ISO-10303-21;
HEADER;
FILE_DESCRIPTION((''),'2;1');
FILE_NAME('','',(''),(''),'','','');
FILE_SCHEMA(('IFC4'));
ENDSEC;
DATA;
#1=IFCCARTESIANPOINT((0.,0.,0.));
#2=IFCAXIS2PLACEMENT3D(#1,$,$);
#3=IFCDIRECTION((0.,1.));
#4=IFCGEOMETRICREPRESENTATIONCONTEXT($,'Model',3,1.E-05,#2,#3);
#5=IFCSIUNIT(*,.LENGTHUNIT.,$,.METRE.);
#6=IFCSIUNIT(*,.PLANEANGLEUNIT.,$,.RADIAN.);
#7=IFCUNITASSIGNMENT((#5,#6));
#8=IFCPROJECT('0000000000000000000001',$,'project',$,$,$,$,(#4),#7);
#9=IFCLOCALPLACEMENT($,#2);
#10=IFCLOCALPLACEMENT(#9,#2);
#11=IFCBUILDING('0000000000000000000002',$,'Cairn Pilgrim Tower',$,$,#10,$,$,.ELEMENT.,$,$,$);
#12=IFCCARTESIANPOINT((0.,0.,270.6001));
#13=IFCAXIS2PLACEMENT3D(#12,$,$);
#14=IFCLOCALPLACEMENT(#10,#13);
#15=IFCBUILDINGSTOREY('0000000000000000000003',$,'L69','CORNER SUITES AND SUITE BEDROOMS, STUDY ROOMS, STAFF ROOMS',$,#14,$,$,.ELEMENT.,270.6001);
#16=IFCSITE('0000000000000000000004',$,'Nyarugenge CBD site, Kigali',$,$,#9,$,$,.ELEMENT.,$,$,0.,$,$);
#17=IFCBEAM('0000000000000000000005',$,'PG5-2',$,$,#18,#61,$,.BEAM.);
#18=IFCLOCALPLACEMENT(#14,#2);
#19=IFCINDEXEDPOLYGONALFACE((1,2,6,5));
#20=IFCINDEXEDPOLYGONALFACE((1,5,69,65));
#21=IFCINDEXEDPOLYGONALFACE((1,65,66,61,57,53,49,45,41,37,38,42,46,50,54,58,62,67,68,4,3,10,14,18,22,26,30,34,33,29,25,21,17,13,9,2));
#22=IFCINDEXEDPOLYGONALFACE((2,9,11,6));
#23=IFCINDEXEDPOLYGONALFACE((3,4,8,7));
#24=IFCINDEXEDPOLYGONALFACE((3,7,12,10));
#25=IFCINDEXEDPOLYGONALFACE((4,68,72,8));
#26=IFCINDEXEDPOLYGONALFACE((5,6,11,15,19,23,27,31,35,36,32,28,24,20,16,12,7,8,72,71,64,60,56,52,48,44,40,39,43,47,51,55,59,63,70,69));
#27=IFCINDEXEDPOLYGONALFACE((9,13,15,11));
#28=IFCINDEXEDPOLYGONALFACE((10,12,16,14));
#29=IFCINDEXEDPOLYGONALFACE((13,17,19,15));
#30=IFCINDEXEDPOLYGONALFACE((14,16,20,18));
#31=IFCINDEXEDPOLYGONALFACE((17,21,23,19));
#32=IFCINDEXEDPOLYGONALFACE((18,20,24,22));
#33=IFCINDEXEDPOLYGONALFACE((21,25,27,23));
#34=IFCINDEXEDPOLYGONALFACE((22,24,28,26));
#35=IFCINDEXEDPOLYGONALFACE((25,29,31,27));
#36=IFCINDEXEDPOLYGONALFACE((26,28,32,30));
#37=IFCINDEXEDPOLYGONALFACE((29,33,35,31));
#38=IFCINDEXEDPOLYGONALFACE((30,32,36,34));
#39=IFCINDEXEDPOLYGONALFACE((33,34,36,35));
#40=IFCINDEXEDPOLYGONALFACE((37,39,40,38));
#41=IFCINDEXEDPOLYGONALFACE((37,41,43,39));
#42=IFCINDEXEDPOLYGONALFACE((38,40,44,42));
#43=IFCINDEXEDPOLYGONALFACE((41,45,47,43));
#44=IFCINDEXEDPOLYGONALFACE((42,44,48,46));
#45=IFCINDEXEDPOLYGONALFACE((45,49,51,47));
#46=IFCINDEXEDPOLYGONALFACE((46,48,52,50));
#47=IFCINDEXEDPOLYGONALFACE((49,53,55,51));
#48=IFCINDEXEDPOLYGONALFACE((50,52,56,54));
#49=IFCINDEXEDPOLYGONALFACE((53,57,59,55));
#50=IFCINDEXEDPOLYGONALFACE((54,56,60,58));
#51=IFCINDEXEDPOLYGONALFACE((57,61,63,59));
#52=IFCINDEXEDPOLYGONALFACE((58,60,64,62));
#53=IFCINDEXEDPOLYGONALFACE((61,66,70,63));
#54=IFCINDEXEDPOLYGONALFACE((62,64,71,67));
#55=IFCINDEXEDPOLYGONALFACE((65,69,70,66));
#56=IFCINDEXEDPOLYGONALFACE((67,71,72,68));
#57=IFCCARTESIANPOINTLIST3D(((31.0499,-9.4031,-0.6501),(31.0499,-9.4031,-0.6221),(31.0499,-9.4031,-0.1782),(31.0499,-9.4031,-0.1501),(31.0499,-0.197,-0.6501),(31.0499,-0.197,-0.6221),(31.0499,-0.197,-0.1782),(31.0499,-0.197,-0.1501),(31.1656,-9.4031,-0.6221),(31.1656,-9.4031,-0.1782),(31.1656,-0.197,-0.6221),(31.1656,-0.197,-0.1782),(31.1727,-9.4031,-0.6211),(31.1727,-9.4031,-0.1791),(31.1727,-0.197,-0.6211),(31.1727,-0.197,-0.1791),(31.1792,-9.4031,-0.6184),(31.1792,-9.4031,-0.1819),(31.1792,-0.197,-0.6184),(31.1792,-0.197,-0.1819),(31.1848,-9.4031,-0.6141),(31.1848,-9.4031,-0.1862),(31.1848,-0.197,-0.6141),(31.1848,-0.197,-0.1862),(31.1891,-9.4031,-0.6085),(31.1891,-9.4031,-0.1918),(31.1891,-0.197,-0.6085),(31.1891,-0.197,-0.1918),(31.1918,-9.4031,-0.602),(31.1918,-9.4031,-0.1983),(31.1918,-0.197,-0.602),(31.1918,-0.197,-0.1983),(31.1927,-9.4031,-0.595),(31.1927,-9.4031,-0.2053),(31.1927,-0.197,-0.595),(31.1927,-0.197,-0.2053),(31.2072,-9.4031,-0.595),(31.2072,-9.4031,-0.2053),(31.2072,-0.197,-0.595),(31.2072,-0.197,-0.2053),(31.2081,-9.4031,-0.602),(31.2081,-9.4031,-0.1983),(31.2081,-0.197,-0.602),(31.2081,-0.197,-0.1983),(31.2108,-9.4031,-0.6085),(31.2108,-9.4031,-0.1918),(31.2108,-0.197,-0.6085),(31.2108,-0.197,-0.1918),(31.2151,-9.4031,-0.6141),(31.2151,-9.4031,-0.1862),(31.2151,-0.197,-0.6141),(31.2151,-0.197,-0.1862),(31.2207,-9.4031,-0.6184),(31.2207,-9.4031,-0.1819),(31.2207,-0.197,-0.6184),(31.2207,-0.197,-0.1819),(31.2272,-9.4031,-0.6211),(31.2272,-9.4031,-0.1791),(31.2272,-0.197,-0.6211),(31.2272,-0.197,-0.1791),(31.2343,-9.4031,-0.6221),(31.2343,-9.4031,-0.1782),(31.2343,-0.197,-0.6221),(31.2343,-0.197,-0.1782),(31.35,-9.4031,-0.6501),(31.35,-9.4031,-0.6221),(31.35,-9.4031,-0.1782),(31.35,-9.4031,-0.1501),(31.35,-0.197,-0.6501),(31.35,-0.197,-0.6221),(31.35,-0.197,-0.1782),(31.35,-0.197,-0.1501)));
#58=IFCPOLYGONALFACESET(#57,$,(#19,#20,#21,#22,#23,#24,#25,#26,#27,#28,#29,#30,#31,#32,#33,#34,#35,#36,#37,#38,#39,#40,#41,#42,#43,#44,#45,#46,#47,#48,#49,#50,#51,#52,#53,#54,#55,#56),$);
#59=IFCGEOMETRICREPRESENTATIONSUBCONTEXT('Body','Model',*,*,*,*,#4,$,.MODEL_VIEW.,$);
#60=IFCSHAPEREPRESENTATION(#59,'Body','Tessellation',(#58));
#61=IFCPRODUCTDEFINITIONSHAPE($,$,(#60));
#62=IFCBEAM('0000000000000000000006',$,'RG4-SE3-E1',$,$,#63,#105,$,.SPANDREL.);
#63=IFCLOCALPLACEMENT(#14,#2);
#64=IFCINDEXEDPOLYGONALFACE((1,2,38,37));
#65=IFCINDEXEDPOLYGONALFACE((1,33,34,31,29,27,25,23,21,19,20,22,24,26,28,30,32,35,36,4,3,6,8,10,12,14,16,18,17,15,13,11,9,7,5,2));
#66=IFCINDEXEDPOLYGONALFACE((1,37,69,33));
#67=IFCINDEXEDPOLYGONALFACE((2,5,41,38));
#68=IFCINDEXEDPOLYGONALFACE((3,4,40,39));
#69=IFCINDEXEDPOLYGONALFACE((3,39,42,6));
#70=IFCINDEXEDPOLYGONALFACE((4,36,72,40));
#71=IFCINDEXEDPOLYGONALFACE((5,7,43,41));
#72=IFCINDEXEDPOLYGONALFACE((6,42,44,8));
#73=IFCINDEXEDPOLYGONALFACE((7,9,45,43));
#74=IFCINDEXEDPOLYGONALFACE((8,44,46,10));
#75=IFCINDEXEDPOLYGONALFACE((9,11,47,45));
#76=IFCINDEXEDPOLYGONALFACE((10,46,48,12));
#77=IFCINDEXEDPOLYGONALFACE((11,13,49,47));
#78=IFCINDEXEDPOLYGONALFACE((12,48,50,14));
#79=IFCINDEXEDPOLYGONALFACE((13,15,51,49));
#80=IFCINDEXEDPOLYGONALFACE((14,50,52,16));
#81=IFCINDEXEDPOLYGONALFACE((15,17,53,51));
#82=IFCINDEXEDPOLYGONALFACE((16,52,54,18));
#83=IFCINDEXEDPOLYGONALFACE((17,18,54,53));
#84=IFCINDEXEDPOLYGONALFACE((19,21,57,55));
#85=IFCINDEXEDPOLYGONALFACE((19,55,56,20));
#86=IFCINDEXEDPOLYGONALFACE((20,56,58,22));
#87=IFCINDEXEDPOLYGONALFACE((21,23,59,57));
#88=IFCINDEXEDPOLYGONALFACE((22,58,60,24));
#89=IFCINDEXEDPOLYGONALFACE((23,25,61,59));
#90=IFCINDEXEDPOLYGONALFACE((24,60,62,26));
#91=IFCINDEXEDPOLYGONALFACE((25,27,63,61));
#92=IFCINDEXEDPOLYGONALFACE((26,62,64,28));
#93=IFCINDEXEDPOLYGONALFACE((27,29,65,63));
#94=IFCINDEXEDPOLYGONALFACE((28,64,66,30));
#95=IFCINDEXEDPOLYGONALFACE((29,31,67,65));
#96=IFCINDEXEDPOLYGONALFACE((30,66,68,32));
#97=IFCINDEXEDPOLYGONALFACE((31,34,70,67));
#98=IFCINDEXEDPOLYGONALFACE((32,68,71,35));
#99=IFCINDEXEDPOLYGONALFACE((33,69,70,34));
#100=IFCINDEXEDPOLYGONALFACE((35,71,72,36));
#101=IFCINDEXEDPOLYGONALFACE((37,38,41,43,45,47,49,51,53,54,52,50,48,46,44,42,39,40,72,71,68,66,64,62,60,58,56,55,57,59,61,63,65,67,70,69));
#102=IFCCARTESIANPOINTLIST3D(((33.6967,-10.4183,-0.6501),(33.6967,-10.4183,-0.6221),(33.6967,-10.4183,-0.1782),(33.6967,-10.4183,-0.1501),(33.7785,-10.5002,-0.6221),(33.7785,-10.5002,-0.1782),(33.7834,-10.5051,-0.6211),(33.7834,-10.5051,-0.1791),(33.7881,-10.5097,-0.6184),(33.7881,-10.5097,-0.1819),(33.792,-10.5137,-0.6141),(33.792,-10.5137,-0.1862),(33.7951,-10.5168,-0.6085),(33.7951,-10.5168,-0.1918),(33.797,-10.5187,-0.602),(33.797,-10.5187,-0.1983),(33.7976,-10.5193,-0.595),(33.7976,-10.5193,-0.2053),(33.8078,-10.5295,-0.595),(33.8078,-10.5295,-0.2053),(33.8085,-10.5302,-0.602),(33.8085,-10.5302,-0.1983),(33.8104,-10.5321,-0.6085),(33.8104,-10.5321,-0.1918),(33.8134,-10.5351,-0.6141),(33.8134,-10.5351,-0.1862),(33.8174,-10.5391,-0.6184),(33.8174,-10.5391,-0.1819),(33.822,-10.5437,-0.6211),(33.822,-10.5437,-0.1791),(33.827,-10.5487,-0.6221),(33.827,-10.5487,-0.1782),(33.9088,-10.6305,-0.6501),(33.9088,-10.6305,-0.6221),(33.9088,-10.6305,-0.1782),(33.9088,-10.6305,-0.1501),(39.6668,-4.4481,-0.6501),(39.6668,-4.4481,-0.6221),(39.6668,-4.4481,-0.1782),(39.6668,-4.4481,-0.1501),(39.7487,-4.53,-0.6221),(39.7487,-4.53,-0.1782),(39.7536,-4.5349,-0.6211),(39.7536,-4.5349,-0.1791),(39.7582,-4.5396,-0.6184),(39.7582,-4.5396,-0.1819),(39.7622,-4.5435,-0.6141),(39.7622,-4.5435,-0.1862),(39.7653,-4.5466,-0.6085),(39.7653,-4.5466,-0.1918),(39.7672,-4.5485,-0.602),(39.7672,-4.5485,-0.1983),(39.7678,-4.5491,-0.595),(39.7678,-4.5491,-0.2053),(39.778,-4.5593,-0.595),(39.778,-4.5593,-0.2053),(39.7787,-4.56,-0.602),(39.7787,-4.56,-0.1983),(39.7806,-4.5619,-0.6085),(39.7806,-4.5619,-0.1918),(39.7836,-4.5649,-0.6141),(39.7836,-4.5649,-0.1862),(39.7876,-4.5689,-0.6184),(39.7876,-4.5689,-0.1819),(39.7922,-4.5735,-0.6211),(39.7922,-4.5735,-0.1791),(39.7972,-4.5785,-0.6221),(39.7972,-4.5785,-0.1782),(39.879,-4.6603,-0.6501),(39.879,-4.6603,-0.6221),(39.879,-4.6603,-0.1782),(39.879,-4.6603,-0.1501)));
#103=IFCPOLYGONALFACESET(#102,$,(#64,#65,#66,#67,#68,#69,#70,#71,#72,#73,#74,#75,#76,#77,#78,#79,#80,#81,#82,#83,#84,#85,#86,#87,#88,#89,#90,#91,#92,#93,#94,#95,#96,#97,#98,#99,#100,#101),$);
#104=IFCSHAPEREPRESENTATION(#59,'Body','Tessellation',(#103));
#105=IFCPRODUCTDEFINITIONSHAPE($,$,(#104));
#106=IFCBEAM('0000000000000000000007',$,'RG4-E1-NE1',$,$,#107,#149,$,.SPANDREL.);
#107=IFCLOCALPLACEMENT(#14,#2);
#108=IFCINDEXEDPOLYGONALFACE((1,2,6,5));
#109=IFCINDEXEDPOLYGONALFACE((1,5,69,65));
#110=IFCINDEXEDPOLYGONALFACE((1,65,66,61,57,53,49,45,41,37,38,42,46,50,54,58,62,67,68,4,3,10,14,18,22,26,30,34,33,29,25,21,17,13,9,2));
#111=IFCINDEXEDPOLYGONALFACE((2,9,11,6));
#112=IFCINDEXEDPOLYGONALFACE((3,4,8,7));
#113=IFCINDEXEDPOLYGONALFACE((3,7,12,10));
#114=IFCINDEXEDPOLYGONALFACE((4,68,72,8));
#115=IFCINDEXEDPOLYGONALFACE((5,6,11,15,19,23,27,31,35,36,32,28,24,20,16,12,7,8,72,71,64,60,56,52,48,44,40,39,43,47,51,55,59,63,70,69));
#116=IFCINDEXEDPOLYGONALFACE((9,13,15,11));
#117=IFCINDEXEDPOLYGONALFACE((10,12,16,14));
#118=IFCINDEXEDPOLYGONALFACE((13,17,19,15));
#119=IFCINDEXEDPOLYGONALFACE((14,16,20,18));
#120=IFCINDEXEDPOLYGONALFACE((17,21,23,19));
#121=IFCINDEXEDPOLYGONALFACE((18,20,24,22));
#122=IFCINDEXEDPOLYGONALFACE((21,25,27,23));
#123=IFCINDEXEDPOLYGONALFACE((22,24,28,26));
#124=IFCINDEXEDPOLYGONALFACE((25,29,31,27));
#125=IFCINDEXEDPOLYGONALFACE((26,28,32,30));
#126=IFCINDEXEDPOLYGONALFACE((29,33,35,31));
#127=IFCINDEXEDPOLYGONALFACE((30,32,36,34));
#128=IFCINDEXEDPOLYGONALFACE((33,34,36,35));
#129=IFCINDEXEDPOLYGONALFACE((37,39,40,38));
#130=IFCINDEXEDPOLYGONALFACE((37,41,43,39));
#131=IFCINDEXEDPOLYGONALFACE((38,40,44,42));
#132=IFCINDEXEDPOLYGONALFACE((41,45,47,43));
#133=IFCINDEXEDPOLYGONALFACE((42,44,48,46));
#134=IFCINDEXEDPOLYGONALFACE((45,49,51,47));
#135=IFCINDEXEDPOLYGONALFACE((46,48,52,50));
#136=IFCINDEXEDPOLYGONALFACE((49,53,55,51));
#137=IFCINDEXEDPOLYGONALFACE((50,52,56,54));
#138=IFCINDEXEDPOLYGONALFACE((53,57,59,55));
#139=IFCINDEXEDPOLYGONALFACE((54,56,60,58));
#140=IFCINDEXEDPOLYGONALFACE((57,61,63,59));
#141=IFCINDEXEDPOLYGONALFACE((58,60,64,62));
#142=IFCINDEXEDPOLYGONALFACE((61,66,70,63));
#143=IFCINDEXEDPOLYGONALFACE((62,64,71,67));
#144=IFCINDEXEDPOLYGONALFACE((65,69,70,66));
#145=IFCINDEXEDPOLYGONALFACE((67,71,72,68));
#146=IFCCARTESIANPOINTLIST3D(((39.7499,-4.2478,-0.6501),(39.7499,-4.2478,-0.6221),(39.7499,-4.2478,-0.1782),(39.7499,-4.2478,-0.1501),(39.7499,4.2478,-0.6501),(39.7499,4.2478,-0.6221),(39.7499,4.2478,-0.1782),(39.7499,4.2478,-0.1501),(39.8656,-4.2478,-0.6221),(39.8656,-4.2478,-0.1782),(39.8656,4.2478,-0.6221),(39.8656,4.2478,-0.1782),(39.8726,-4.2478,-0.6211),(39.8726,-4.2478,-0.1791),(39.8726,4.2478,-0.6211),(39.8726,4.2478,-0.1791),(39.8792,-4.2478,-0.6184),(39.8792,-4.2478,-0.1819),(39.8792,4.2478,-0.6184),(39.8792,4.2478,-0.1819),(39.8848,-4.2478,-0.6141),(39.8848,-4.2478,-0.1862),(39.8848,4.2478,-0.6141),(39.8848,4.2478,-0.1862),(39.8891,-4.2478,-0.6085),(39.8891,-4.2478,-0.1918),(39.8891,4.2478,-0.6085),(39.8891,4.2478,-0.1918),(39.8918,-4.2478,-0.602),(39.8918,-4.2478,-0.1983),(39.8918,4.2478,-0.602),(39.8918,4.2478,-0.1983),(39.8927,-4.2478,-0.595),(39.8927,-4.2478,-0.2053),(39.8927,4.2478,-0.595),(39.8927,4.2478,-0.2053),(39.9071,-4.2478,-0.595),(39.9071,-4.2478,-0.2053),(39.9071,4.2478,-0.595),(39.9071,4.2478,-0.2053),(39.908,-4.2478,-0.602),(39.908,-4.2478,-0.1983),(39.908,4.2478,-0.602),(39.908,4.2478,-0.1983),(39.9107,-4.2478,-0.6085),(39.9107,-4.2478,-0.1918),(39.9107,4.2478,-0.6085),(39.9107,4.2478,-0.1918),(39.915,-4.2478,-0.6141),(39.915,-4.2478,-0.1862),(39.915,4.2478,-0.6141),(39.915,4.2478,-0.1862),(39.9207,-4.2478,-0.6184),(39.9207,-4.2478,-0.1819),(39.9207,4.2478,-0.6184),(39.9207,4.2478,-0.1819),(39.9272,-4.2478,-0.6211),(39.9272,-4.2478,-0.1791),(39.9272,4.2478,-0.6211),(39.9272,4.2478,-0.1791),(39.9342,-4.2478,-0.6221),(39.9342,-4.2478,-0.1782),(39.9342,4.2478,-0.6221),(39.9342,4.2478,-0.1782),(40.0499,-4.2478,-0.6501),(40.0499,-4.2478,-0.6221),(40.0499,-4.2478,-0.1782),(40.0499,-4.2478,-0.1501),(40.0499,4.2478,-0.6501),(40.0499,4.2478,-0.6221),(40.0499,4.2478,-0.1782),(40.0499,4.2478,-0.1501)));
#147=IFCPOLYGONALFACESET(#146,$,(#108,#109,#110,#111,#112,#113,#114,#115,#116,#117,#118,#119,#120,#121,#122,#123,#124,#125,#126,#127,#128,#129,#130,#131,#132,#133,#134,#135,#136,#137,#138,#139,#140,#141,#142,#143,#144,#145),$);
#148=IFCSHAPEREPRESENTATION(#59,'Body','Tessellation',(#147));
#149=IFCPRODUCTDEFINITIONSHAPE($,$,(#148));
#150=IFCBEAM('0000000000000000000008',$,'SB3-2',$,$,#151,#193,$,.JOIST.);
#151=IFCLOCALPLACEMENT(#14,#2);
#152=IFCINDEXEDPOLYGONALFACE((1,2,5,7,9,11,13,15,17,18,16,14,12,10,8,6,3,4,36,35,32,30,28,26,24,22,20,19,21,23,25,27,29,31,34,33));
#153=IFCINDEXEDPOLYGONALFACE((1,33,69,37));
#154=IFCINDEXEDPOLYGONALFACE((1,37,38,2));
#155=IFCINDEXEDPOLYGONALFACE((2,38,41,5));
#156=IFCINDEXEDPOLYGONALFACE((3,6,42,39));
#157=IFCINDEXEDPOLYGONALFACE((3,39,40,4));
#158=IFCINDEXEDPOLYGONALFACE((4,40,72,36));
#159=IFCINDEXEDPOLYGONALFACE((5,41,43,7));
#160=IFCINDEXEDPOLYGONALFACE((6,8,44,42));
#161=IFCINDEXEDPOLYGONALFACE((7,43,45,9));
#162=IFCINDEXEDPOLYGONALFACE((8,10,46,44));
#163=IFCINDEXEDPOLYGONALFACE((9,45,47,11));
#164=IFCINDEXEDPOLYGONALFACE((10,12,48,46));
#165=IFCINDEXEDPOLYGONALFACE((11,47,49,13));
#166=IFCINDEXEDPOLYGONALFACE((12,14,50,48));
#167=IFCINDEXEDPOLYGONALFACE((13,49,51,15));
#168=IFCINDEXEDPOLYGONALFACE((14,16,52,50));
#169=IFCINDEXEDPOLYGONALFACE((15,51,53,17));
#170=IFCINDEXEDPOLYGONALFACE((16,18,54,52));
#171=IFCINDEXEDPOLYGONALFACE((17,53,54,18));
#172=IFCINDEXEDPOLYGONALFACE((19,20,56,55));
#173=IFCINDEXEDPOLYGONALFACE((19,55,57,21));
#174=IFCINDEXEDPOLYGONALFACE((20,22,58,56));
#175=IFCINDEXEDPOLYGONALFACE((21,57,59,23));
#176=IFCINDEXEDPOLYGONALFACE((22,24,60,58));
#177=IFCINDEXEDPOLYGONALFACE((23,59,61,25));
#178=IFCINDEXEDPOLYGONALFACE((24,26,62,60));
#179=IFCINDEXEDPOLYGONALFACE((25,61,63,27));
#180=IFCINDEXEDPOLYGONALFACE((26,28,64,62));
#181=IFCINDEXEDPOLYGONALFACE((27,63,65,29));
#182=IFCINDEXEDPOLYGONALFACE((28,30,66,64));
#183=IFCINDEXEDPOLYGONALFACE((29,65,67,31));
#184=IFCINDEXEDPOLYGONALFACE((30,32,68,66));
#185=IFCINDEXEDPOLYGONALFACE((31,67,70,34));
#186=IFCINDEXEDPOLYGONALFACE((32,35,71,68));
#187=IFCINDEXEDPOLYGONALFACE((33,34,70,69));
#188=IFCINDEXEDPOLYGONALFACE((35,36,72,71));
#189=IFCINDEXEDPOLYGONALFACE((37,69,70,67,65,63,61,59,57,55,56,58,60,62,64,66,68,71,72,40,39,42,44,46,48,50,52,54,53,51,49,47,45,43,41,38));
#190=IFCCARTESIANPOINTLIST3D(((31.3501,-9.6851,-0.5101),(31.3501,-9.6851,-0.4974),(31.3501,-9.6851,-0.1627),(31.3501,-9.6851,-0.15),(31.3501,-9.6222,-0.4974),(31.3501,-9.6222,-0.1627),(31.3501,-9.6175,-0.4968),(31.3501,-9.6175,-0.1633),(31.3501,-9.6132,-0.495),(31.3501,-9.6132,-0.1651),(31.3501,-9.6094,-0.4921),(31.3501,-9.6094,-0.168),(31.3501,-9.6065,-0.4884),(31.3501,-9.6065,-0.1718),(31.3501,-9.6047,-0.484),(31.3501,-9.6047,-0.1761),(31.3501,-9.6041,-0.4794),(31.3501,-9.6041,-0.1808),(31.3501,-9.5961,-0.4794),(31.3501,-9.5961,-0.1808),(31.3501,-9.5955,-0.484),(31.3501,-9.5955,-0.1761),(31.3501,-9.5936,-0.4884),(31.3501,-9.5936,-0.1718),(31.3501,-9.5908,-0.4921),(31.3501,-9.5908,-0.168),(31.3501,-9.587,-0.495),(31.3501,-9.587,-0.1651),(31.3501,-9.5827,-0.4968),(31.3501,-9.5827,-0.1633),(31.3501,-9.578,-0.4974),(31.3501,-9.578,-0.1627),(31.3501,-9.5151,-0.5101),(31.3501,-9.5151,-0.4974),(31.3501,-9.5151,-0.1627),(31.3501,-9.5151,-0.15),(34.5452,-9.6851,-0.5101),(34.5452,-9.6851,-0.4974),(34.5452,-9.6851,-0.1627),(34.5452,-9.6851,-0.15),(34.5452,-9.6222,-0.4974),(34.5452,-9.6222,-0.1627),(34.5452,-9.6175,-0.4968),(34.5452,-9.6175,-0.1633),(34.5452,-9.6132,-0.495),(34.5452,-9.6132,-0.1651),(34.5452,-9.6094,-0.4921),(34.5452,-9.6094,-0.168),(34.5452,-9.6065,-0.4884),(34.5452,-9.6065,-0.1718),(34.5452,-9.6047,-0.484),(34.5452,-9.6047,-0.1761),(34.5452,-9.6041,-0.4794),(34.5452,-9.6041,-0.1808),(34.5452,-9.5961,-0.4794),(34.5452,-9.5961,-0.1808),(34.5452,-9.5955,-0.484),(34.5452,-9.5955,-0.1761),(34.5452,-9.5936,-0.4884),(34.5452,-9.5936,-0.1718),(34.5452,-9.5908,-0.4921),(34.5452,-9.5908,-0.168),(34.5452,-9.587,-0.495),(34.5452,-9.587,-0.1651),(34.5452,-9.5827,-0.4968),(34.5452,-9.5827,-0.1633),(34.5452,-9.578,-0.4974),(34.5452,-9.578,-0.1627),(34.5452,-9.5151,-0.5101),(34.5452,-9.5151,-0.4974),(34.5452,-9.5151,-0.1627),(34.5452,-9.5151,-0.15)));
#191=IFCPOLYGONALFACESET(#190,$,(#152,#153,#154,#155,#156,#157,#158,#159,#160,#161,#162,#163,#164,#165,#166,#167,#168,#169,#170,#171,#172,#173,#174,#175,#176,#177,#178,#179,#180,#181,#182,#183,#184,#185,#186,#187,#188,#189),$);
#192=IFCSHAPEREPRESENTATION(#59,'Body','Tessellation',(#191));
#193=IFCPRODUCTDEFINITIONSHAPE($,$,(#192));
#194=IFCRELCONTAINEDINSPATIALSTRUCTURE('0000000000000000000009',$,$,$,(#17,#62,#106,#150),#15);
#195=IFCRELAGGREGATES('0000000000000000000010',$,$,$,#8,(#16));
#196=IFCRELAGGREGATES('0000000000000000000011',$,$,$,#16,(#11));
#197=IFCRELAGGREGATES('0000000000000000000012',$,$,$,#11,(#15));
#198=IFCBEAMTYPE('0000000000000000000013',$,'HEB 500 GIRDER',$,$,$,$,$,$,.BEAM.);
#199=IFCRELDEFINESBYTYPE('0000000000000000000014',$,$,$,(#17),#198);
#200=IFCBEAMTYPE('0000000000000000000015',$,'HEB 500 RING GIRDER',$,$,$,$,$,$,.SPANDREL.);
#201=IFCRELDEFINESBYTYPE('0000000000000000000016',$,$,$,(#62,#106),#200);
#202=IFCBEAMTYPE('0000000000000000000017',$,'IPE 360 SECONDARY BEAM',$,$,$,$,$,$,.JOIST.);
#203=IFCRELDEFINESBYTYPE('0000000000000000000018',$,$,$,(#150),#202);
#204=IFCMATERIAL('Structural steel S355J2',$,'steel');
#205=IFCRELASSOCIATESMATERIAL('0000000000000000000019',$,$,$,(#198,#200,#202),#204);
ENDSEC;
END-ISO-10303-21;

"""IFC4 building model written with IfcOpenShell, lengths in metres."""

from ifc_helpers import new_model, si_unit, direction, frame, origin, origin_2d, place, context, subcontext, project, spatial, i_section, extrude, material, material_profile, profile_set, type_object, element, save


model = new_model("IFC4")

# Units and contexts
model_context = context("Model", 3, precision=1e-05, world=origin(), true_north=direction((0.0, 1.0)))
body_context = subcontext(model_context, "Body", "Model", "MODEL_VIEW")
ifc_project = project(units=[si_unit("LENGTHUNIT", "METRE"), si_unit("PLANEANGLEUNIT", "RADIAN")], contexts=[model_context])

# Site, building, storey
site_placement = place(None, origin())
site = spatial("IfcSite", under=ifc_project, at=site_placement, Name="Nyarugenge CBD site, Kigali", CompositionType="ELEMENT", RefElevation=0.0)
building_placement = place(site_placement, origin())
building = spatial("IfcBuilding", under=site, at=building_placement, Name="Cairn Pilgrim Tower", CompositionType="ELEMENT")
storey_placement = place(building_placement, frame((0.0, 0.0, 270.6001)))
storey = spatial("IfcBuildingStorey", under=building, at=storey_placement, Name="L69", Description="CORNER SUITES AND SUITE BEDROOMS, STUDY ROOMS, STAFF ROOMS", CompositionType="ELEMENT", Elevation=270.6001)

# Shared definitions
ifc_material_1 = material(Name="Structural steel S355J2", Category="steel")

# Beams
ifc_material_profile_1 = material_profile(ifc_material_1, i_section(OverallWidth=0.3, OverallDepth=0.5, WebThickness=0.0144, FlangeThickness=0.0281, FilletRadius=0.0271, at=origin_2d()), Name="HEB 500")
ifc_profile_set_1 = profile_set([ifc_material_profile_1], Name="Structural steel S355J2")
beam_type_1 = type_object("IfcBeamType", Name="HEB 500 GIRDER", PredefinedType="BEAM", material=ifc_profile_set_1)
beam_1_placement = place(storey_placement, frame((31.2, -9.4031, -0.4001), z_axis=(0.0, 1.0, 0.0), x_axis=(-1.0, 0.0, 0.0)))
element("IfcBeam", 1, at=beam_1_placement, inside=storey, type_object=beam_type_1, Name="PG5-2", PredefinedType="BEAM", context=body_context, shape_type="SweptSolid", body=[
    extrude(i_section(OverallWidth=0.3, OverallDepth=0.5, WebThickness=0.0144, FlangeThickness=0.0281, FilletRadius=0.0271, at=origin_2d()), origin(), (0.0, 0.0, 1.0), 9.2061),
])
ifc_material_profile_2 = material_profile(ifc_material_1, i_section(OverallWidth=0.3, OverallDepth=0.5, WebThickness=0.0144, FlangeThickness=0.0281, FilletRadius=0.0271, at=origin_2d()), Name="HEB 500")
ifc_profile_set_2 = profile_set([ifc_material_profile_2], Name="Structural steel S355J2")
beam_type_2 = type_object("IfcBeamType", Name="HEB 500 RING GIRDER", PredefinedType="SPANDREL", material=ifc_profile_set_2)
beam_2_placement = place(storey_placement, frame((33.8027, -10.5244, -0.4001), z_axis=(0.707107, 0.707107, 0.0), x_axis=(-0.707107, 0.707107, 0.0)))
element("IfcBeam", 2, at=beam_2_placement, inside=storey, type_object=beam_type_2, Name="RG4-SE3-E1", PredefinedType="SPANDREL", context=body_context, shape_type="SweptSolid", body=[
    extrude(i_section(OverallWidth=0.3, OverallDepth=0.5, WebThickness=0.0144, FlangeThickness=0.0281, FilletRadius=0.0271, at=origin_2d()), origin(), (0.0, 0.0, 1.0), 8.4431),
])
beam_3_placement = place(storey_placement, frame((39.8999, -4.2478, -0.4001), z_axis=(0.0, 1.0, 0.0), x_axis=(-1.0, 0.0, 0.0)))
element("IfcBeam", 3, at=beam_3_placement, inside=storey, type_object=beam_type_2, Name="RG4-E1-NE1", PredefinedType="SPANDREL", context=body_context, shape_type="SweptSolid", body=[
    extrude(i_section(OverallWidth=0.3, OverallDepth=0.5, WebThickness=0.0144, FlangeThickness=0.0281, FilletRadius=0.0271, at=origin_2d()), origin(), (0.0, 0.0, 1.0), 8.4956),
])
ifc_material_profile_3 = material_profile(ifc_material_1, i_section(OverallWidth=0.1699, OverallDepth=0.3601, WebThickness=0.0081, FlangeThickness=0.0127, FilletRadius=0.0181, at=origin_2d()), Name="IPE 360")
ifc_profile_set_3 = profile_set([ifc_material_profile_3], Name="Structural steel S355J2")
beam_type_3 = type_object("IfcBeamType", Name="IPE 360 SECONDARY BEAM", PredefinedType="JOIST", material=ifc_profile_set_3)
beam_4_placement = place(storey_placement, frame((31.3501, -9.6001, -0.3301), z_axis=(1.0, 0.0, 0.0), x_axis=(0.0, 1.0, 0.0)))
element("IfcBeam", 4, at=beam_4_placement, inside=storey, type_object=beam_type_3, Name="SB3-2", PredefinedType="JOIST", context=body_context, shape_type="SweptSolid", body=[
    extrude(i_section(OverallWidth=0.1699, OverallDepth=0.3601, WebThickness=0.0081, FlangeThickness=0.0127, FilletRadius=0.0181, at=origin_2d()), origin(), (0.0, 0.0, 1.0), 3.1951),
])

save(model, "model.ifc")
